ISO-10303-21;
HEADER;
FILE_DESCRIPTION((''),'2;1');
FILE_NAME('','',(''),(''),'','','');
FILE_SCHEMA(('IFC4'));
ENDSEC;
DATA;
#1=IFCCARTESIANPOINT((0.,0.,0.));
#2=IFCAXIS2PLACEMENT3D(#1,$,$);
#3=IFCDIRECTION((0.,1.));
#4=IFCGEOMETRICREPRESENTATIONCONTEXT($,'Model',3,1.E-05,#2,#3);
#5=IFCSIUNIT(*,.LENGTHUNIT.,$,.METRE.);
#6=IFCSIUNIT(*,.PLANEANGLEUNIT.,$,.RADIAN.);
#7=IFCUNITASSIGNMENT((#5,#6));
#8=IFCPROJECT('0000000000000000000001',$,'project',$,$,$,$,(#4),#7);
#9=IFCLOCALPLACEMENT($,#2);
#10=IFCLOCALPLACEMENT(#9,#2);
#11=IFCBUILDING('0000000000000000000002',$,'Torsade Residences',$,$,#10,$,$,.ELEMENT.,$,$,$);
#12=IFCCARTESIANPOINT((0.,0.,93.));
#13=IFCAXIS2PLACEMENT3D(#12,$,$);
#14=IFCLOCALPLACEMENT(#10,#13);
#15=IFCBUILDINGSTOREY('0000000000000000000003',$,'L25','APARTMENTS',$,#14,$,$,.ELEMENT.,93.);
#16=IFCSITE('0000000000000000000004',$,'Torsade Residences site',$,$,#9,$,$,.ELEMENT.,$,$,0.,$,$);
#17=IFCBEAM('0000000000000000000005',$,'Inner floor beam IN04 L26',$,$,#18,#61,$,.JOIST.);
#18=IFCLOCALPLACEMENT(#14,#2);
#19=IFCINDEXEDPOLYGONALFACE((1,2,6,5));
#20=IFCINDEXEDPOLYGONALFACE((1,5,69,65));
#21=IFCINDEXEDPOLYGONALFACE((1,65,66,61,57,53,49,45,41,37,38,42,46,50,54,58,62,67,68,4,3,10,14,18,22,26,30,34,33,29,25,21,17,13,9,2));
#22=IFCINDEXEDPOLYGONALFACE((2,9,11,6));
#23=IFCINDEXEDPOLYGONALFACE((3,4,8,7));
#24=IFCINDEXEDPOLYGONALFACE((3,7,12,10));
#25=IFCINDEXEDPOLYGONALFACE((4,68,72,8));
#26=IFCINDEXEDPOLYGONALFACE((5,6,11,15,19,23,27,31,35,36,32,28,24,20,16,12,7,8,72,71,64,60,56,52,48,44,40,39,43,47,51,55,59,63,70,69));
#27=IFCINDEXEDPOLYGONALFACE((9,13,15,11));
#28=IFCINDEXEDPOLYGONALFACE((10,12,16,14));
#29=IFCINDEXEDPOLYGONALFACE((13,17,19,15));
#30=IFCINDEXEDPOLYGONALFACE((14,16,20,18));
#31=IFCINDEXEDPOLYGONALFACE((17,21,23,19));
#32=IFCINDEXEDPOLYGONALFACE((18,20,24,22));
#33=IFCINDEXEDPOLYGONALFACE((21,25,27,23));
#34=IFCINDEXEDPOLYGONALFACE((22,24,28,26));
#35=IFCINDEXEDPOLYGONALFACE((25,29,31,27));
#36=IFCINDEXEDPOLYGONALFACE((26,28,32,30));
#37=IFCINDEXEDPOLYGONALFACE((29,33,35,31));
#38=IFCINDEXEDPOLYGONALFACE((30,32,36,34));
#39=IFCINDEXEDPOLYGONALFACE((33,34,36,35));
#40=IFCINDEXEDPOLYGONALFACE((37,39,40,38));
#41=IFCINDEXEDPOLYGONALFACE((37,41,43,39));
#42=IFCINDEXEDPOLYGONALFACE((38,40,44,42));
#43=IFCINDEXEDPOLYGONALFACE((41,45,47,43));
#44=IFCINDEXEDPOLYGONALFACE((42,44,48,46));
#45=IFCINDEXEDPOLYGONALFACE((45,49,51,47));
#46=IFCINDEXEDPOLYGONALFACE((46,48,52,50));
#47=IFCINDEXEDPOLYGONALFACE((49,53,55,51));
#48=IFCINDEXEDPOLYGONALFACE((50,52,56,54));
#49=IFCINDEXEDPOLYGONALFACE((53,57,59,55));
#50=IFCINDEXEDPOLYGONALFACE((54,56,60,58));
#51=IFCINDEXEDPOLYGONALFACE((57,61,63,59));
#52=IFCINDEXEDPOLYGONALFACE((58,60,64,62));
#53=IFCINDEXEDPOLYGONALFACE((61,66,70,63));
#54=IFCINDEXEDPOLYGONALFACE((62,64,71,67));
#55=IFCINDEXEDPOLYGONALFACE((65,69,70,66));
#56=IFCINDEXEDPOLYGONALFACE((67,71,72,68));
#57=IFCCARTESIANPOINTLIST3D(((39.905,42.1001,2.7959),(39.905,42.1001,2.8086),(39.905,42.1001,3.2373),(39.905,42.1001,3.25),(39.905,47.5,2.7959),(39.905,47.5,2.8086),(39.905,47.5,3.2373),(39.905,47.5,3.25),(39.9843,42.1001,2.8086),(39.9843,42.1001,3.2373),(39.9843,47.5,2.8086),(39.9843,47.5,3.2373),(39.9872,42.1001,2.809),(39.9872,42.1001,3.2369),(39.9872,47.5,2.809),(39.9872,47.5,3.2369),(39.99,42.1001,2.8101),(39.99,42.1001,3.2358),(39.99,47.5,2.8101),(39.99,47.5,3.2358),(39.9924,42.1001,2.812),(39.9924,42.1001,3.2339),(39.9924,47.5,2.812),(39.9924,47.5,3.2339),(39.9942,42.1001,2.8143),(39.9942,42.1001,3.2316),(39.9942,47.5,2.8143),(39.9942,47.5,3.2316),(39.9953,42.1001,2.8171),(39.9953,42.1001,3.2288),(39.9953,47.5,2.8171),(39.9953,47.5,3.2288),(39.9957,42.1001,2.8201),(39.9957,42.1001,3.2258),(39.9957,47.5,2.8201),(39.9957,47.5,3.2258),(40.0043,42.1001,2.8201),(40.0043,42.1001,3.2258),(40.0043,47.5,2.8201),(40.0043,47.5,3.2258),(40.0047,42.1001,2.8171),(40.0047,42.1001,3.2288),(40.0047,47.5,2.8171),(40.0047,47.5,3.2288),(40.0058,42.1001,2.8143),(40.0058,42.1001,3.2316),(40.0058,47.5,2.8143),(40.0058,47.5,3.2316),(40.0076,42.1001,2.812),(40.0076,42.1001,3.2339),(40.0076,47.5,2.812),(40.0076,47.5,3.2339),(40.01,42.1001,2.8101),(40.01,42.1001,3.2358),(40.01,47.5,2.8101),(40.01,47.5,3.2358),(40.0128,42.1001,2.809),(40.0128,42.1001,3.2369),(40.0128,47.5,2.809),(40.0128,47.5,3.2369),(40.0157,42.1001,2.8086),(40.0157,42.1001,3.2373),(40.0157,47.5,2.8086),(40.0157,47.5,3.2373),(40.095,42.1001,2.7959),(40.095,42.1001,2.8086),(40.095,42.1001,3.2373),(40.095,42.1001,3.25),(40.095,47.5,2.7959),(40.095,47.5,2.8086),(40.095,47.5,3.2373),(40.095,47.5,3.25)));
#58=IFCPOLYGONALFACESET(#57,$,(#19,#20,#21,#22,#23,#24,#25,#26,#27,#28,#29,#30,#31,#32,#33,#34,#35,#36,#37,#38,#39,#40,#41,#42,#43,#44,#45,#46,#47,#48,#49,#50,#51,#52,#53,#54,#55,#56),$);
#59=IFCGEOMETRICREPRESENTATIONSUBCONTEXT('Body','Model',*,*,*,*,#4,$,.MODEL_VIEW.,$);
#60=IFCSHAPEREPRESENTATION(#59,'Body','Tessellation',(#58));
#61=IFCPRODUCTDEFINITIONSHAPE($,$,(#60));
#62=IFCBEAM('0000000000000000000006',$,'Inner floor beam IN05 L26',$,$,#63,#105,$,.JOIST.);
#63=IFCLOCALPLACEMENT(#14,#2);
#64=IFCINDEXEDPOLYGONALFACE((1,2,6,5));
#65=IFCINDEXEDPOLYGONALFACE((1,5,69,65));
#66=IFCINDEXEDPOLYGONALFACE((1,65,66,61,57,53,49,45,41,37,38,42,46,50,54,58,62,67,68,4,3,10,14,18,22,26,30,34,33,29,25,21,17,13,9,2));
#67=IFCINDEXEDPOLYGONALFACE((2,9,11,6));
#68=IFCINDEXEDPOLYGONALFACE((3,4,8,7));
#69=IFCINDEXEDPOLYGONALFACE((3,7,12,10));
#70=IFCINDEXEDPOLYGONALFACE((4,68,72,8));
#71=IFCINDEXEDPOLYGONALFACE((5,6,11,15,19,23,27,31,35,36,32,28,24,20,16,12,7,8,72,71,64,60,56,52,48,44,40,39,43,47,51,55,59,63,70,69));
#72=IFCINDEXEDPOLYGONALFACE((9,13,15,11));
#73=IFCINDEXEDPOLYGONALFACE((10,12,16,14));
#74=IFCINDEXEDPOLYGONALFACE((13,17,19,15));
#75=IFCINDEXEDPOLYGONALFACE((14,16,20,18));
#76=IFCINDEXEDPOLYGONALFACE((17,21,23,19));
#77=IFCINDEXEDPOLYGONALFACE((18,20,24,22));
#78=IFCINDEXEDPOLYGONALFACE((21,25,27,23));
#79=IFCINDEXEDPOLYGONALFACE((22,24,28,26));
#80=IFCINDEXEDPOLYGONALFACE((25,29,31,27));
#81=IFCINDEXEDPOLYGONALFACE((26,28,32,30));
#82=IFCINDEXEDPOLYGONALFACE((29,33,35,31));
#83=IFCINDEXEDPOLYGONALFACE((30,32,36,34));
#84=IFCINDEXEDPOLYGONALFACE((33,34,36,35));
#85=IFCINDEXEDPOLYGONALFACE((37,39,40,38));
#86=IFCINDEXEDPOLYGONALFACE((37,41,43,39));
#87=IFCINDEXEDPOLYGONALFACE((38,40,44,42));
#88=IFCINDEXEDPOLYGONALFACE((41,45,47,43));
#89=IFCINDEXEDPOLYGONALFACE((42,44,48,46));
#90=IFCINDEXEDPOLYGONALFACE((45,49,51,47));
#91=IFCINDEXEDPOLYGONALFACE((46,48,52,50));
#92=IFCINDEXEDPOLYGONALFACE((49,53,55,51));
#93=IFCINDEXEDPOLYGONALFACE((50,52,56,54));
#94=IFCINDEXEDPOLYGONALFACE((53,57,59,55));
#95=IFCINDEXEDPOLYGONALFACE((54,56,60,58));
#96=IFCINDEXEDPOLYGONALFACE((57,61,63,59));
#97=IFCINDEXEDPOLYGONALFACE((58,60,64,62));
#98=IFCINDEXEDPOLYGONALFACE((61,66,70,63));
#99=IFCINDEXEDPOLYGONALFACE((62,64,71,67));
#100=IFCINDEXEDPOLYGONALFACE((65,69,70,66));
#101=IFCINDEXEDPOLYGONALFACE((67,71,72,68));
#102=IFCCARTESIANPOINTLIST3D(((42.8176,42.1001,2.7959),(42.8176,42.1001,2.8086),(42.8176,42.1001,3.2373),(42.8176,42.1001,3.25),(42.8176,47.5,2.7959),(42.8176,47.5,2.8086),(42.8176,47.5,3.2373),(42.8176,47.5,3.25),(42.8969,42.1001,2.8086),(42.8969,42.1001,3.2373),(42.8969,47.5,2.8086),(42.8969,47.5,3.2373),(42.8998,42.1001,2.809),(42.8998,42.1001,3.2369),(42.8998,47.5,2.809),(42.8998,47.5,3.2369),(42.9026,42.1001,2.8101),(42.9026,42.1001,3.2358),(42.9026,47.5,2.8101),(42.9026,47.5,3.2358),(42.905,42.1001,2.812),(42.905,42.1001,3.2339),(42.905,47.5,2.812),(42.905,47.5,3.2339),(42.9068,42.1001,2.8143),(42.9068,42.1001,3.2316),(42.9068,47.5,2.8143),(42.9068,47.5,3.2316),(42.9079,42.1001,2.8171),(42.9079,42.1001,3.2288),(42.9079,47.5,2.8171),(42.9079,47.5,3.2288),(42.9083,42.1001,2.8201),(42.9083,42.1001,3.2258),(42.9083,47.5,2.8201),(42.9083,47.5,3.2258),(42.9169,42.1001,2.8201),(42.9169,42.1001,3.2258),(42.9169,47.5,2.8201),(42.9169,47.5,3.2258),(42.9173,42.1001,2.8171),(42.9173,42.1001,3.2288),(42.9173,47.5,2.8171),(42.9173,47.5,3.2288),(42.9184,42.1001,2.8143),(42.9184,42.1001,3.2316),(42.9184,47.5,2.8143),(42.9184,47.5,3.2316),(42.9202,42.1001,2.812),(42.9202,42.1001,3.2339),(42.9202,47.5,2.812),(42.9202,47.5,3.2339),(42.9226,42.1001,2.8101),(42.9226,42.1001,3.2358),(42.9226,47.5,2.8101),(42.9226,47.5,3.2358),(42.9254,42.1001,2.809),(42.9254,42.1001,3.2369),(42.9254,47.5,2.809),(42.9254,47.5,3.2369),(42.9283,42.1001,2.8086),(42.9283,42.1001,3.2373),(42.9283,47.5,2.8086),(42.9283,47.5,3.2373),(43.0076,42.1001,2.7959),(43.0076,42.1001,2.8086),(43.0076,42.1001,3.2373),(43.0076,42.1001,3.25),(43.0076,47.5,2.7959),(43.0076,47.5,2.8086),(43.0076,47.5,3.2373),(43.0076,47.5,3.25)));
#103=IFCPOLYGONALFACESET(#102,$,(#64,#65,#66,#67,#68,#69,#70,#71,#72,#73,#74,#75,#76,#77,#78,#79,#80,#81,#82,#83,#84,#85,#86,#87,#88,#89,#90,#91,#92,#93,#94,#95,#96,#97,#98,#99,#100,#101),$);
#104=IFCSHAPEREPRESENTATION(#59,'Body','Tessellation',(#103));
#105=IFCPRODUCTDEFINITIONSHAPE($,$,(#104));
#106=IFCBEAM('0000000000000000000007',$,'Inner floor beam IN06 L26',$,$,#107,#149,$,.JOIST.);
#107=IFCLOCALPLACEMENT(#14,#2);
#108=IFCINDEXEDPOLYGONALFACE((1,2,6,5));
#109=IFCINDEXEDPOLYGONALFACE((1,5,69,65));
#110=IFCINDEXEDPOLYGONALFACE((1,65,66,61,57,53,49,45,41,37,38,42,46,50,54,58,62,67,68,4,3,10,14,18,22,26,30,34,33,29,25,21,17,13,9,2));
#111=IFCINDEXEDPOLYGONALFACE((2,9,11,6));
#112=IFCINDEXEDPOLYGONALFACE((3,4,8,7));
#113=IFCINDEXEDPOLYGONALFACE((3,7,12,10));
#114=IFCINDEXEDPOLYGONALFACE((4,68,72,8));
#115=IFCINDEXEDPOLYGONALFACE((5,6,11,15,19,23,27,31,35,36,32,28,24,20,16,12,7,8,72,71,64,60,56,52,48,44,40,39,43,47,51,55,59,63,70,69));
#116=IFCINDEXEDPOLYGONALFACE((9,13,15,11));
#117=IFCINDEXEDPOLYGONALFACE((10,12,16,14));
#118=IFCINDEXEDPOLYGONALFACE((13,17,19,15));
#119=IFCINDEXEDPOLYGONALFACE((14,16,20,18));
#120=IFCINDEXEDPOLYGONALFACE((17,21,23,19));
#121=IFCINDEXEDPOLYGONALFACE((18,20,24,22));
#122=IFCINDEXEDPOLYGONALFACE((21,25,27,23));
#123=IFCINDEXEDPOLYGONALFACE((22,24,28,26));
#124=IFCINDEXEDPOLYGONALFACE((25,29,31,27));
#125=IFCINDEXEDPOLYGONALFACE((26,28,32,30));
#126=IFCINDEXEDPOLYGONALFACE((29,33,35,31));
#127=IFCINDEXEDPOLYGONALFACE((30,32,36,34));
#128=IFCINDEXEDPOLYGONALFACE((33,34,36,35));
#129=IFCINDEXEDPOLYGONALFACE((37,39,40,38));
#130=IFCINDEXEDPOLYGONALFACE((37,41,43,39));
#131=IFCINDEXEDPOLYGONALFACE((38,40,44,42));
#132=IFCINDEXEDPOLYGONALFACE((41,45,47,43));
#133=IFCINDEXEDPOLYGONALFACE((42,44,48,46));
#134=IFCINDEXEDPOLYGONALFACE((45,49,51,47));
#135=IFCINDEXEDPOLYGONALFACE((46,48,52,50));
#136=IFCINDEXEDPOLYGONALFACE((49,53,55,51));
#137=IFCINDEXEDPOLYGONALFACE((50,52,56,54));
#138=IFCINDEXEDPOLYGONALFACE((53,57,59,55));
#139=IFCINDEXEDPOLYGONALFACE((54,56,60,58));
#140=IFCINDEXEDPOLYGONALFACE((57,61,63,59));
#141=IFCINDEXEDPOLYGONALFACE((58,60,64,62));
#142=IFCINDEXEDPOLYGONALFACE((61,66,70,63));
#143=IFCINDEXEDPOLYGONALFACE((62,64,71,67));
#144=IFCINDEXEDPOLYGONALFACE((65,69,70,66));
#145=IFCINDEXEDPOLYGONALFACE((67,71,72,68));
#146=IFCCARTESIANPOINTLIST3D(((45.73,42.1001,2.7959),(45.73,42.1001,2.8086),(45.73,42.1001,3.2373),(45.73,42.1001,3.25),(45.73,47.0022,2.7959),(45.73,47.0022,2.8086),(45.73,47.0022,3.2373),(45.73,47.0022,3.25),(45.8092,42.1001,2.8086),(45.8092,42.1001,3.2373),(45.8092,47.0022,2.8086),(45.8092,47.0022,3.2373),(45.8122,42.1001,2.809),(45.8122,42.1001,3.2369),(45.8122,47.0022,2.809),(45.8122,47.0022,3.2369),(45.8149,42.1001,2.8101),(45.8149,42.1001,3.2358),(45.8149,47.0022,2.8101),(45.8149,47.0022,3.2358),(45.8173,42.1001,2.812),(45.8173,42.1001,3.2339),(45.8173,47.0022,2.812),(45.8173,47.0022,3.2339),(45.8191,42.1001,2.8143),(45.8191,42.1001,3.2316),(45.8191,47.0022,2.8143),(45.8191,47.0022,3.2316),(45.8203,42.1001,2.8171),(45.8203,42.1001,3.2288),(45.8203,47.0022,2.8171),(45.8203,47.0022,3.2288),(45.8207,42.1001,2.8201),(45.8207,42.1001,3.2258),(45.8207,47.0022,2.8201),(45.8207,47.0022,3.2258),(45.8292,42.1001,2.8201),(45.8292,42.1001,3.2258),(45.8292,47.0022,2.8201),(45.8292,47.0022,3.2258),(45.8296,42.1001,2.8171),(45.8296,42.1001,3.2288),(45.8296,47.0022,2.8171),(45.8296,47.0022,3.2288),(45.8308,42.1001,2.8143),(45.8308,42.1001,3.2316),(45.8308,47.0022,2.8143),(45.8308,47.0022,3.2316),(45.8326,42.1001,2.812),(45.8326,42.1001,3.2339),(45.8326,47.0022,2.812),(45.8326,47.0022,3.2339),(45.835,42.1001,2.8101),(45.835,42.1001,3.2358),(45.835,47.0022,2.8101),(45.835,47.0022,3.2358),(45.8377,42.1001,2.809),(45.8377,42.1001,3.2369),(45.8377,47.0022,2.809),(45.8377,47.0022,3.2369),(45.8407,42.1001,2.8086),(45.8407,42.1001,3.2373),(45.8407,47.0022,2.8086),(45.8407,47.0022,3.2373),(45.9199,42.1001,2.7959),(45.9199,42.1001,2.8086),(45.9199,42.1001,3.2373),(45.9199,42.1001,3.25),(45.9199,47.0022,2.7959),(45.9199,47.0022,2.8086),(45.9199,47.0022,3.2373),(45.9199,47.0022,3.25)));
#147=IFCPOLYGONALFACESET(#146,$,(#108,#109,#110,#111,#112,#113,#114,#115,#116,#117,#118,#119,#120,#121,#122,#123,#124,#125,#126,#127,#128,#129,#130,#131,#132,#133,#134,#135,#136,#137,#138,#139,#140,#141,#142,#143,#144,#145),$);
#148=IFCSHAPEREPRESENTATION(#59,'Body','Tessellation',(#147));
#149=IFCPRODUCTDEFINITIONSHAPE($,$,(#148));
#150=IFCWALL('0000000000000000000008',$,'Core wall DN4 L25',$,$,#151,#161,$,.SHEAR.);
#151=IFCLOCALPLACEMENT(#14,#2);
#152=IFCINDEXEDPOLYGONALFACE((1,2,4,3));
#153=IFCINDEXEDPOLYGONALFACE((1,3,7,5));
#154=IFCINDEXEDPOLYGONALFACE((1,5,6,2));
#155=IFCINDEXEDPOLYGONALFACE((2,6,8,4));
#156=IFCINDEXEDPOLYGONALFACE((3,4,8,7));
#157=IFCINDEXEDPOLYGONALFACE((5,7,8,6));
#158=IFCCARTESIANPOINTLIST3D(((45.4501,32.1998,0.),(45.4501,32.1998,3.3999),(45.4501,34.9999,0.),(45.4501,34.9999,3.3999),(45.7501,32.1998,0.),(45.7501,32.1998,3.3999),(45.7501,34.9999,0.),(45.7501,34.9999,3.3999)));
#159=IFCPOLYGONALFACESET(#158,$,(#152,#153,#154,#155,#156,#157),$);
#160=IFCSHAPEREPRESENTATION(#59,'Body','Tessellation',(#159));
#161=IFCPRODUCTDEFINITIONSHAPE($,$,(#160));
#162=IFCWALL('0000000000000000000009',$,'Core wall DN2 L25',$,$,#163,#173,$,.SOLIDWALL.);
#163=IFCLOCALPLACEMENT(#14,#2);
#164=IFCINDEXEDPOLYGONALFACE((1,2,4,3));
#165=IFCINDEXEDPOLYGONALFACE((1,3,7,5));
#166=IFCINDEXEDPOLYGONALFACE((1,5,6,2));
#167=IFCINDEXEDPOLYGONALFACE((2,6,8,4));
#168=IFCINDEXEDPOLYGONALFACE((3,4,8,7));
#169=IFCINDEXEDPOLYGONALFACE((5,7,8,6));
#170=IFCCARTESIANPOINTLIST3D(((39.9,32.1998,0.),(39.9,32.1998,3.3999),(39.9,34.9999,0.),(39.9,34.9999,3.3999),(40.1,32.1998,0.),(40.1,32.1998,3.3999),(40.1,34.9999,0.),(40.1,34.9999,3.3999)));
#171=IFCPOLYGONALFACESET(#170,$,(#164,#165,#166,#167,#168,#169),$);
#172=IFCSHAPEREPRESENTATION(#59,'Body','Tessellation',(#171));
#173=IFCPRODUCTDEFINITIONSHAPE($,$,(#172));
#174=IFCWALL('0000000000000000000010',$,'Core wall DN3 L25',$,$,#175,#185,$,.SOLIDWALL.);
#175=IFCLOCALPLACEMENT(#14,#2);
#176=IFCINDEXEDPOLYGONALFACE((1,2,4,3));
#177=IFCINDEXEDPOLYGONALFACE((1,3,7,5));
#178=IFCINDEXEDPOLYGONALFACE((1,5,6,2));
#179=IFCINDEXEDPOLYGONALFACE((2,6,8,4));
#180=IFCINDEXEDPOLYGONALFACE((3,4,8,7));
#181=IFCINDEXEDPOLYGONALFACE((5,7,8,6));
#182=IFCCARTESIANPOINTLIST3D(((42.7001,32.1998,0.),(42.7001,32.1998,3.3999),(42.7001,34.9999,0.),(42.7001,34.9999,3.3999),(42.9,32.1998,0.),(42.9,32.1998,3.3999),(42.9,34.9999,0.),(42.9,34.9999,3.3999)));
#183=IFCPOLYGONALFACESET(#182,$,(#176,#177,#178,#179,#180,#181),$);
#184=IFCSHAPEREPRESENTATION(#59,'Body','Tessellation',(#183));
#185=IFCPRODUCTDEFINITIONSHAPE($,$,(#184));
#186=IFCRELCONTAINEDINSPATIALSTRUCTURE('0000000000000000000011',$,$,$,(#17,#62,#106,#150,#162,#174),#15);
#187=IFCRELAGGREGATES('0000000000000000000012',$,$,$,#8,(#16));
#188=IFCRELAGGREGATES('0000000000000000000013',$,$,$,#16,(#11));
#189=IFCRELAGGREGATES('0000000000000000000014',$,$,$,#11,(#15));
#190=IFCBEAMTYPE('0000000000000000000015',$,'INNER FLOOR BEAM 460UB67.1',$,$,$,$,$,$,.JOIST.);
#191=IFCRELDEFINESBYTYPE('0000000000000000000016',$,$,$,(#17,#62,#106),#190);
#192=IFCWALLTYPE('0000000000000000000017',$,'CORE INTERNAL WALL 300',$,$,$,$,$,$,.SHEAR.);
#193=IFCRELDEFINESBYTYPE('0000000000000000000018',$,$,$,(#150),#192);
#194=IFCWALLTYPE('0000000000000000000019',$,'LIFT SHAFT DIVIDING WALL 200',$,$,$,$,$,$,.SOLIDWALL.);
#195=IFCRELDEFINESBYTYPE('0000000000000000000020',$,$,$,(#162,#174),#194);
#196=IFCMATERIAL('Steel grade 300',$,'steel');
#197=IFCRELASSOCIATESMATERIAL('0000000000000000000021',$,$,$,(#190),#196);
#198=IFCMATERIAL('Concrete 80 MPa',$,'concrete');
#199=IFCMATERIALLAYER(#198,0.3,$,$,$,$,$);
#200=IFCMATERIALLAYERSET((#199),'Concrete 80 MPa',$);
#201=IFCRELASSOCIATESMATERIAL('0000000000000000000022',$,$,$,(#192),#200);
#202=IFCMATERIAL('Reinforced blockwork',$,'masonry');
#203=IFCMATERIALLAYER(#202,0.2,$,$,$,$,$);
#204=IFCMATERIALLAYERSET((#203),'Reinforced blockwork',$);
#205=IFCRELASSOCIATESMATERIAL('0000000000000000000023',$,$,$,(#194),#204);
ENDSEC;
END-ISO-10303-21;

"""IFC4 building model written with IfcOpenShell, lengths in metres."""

from ifc_helpers import new_model, si_unit, direction, frame, frame_2d, origin, origin_2d, place, context, subcontext, project, spatial, rectangle, i_section, extrude, material, layer, layer_set, material_profile, profile_set, type_object, element, save


model = new_model("IFC4")

# Units and contexts
model_context = context("Model", 3, precision=1e-05, world=origin(), true_north=direction((0.0, 1.0)))
body_context = subcontext(model_context, "Body", "Model", "MODEL_VIEW")
ifc_project = project(units=[si_unit("LENGTHUNIT", "METRE"), si_unit("PLANEANGLEUNIT", "RADIAN")], contexts=[model_context])

# Site, building, storey
site_placement = place(None, origin())
site = spatial("IfcSite", under=ifc_project, at=site_placement, Name="Torsade Residences site", CompositionType="ELEMENT", RefElevation=0.0)
building_placement = place(site_placement, origin())
building = spatial("IfcBuilding", under=site, at=building_placement, Name="Torsade Residences", CompositionType="ELEMENT")
storey_placement = place(building_placement, frame((0.0, 0.0, 93.0)))
storey = spatial("IfcBuildingStorey", under=building, at=storey_placement, Name="L25", Description="APARTMENTS", CompositionType="ELEMENT", Elevation=93.0)

# Beams
ifc_material_1 = material(Name="Steel grade 300", Category="steel")
ifc_material_profile = material_profile(ifc_material_1, i_section(OverallWidth=0.1899, OverallDepth=0.4541, WebThickness=0.0085, FlangeThickness=0.0127, FilletRadius=0.0115, at=origin_2d()), Name="460UB67.1")
ifc_profile_set = profile_set([ifc_material_profile], Name="Steel grade 300")
beam_type = type_object("IfcBeamType", Name="INNER FLOOR BEAM 460UB67.1", PredefinedType="JOIST", material=ifc_profile_set)
for number, where, z_axis, x_axis, name in (
    (1, (40.0, 42.1001, 3.0229), (0.0, 1.0, 0.0), (-1.0, 0.0, 0.0), "Inner floor beam IN04 L26"),
    (2, (42.9126, 42.1001, 3.0229), (0.0, 1.0, 0.0), (-1.0, 0.0, 0.0), "Inner floor beam IN05 L26"),
):
    element("IfcBeam", number, at=place(storey_placement, frame(where, z_axis=z_axis, x_axis=x_axis)), inside=storey, type_object=beam_type, Name=name, PredefinedType="JOIST", context=body_context, shape_type="SweptSolid", body=[
        extrude(i_section(OverallWidth=0.1899, OverallDepth=0.4541, WebThickness=0.0085, FlangeThickness=0.0127, FilletRadius=0.0115, at=origin_2d()), origin(), (0.0, 0.0, 1.0), 5.3999),
    ])
beam_placement = place(storey_placement, frame((45.825, 42.1001, 3.0229), z_axis=(0.0, 1.0, 0.0), x_axis=(-1.0, 0.0, 0.0)))
element("IfcBeam", 3, at=beam_placement, inside=storey, type_object=beam_type, Name="Inner floor beam IN06 L26", PredefinedType="JOIST", context=body_context, shape_type="SweptSolid", body=[
    extrude(i_section(OverallWidth=0.1899, OverallDepth=0.4541, WebThickness=0.0085, FlangeThickness=0.0127, FilletRadius=0.0115, at=origin_2d()), origin(), (0.0, 0.0, 1.0), 4.9021),
])

# Walls
ifc_material_2 = material(Name="Concrete 80 MPa", Category="concrete")
ifc_layer_1 = layer(ifc_material_2, 0.3)
ifc_layer_set_1 = layer_set([ifc_layer_1], Name="Concrete 80 MPa")
wall_type_1 = type_object("IfcWallType", Name="CORE INTERNAL WALL 300", PredefinedType="SHEAR", material=ifc_layer_set_1)
wall_1_placement = place(storey_placement, frame((45.6001, 32.2, 0.0), z_axis=(0.0, 0.0, 1.0), x_axis=(0.0, 1.0, 0.0)))
element("IfcWall", 4, at=wall_1_placement, inside=storey, type_object=wall_type_1, Name="Core wall DN4 L25", PredefinedType="SHEAR", context=body_context, shape_type="SweptSolid", body=[
    extrude(rectangle(XDim=2.8, YDim=0.3, at=frame_2d((1.3999, 0.0))), origin(), (0.0, 0.0, 1.0), 3.3999),
])
ifc_material_3 = material(Name="Reinforced blockwork", Category="masonry")
ifc_layer_2 = layer(ifc_material_3, 0.2)
ifc_layer_set_2 = layer_set([ifc_layer_2], Name="Reinforced blockwork")
wall_type_2 = type_object("IfcWallType", Name="LIFT SHAFT DIVIDING WALL 200", PredefinedType="SOLIDWALL", material=ifc_layer_set_2)
for number, where, z_axis, x_axis, name in (
    (5, (40.0, 32.2, 0.0), (0.0, 0.0, 1.0), (0.0, 1.0, 0.0), "Core wall DN2 L25"),
    (6, (42.8, 32.2, 0.0), (0.0, 0.0, 1.0), (0.0, 1.0, 0.0), "Core wall DN3 L25"),
):
    element("IfcWall", number, at=place(storey_placement, frame(where, z_axis=z_axis, x_axis=x_axis)), inside=storey, type_object=wall_type_2, Name=name, PredefinedType="SOLIDWALL", context=body_context, shape_type="SweptSolid", body=[
        extrude(rectangle(XDim=2.8, YDim=0.2, at=frame_2d((1.3999, 0.0))), origin(), (0.0, 0.0, 1.0), 3.3999),
    ])

save(model, "model.ifc")
